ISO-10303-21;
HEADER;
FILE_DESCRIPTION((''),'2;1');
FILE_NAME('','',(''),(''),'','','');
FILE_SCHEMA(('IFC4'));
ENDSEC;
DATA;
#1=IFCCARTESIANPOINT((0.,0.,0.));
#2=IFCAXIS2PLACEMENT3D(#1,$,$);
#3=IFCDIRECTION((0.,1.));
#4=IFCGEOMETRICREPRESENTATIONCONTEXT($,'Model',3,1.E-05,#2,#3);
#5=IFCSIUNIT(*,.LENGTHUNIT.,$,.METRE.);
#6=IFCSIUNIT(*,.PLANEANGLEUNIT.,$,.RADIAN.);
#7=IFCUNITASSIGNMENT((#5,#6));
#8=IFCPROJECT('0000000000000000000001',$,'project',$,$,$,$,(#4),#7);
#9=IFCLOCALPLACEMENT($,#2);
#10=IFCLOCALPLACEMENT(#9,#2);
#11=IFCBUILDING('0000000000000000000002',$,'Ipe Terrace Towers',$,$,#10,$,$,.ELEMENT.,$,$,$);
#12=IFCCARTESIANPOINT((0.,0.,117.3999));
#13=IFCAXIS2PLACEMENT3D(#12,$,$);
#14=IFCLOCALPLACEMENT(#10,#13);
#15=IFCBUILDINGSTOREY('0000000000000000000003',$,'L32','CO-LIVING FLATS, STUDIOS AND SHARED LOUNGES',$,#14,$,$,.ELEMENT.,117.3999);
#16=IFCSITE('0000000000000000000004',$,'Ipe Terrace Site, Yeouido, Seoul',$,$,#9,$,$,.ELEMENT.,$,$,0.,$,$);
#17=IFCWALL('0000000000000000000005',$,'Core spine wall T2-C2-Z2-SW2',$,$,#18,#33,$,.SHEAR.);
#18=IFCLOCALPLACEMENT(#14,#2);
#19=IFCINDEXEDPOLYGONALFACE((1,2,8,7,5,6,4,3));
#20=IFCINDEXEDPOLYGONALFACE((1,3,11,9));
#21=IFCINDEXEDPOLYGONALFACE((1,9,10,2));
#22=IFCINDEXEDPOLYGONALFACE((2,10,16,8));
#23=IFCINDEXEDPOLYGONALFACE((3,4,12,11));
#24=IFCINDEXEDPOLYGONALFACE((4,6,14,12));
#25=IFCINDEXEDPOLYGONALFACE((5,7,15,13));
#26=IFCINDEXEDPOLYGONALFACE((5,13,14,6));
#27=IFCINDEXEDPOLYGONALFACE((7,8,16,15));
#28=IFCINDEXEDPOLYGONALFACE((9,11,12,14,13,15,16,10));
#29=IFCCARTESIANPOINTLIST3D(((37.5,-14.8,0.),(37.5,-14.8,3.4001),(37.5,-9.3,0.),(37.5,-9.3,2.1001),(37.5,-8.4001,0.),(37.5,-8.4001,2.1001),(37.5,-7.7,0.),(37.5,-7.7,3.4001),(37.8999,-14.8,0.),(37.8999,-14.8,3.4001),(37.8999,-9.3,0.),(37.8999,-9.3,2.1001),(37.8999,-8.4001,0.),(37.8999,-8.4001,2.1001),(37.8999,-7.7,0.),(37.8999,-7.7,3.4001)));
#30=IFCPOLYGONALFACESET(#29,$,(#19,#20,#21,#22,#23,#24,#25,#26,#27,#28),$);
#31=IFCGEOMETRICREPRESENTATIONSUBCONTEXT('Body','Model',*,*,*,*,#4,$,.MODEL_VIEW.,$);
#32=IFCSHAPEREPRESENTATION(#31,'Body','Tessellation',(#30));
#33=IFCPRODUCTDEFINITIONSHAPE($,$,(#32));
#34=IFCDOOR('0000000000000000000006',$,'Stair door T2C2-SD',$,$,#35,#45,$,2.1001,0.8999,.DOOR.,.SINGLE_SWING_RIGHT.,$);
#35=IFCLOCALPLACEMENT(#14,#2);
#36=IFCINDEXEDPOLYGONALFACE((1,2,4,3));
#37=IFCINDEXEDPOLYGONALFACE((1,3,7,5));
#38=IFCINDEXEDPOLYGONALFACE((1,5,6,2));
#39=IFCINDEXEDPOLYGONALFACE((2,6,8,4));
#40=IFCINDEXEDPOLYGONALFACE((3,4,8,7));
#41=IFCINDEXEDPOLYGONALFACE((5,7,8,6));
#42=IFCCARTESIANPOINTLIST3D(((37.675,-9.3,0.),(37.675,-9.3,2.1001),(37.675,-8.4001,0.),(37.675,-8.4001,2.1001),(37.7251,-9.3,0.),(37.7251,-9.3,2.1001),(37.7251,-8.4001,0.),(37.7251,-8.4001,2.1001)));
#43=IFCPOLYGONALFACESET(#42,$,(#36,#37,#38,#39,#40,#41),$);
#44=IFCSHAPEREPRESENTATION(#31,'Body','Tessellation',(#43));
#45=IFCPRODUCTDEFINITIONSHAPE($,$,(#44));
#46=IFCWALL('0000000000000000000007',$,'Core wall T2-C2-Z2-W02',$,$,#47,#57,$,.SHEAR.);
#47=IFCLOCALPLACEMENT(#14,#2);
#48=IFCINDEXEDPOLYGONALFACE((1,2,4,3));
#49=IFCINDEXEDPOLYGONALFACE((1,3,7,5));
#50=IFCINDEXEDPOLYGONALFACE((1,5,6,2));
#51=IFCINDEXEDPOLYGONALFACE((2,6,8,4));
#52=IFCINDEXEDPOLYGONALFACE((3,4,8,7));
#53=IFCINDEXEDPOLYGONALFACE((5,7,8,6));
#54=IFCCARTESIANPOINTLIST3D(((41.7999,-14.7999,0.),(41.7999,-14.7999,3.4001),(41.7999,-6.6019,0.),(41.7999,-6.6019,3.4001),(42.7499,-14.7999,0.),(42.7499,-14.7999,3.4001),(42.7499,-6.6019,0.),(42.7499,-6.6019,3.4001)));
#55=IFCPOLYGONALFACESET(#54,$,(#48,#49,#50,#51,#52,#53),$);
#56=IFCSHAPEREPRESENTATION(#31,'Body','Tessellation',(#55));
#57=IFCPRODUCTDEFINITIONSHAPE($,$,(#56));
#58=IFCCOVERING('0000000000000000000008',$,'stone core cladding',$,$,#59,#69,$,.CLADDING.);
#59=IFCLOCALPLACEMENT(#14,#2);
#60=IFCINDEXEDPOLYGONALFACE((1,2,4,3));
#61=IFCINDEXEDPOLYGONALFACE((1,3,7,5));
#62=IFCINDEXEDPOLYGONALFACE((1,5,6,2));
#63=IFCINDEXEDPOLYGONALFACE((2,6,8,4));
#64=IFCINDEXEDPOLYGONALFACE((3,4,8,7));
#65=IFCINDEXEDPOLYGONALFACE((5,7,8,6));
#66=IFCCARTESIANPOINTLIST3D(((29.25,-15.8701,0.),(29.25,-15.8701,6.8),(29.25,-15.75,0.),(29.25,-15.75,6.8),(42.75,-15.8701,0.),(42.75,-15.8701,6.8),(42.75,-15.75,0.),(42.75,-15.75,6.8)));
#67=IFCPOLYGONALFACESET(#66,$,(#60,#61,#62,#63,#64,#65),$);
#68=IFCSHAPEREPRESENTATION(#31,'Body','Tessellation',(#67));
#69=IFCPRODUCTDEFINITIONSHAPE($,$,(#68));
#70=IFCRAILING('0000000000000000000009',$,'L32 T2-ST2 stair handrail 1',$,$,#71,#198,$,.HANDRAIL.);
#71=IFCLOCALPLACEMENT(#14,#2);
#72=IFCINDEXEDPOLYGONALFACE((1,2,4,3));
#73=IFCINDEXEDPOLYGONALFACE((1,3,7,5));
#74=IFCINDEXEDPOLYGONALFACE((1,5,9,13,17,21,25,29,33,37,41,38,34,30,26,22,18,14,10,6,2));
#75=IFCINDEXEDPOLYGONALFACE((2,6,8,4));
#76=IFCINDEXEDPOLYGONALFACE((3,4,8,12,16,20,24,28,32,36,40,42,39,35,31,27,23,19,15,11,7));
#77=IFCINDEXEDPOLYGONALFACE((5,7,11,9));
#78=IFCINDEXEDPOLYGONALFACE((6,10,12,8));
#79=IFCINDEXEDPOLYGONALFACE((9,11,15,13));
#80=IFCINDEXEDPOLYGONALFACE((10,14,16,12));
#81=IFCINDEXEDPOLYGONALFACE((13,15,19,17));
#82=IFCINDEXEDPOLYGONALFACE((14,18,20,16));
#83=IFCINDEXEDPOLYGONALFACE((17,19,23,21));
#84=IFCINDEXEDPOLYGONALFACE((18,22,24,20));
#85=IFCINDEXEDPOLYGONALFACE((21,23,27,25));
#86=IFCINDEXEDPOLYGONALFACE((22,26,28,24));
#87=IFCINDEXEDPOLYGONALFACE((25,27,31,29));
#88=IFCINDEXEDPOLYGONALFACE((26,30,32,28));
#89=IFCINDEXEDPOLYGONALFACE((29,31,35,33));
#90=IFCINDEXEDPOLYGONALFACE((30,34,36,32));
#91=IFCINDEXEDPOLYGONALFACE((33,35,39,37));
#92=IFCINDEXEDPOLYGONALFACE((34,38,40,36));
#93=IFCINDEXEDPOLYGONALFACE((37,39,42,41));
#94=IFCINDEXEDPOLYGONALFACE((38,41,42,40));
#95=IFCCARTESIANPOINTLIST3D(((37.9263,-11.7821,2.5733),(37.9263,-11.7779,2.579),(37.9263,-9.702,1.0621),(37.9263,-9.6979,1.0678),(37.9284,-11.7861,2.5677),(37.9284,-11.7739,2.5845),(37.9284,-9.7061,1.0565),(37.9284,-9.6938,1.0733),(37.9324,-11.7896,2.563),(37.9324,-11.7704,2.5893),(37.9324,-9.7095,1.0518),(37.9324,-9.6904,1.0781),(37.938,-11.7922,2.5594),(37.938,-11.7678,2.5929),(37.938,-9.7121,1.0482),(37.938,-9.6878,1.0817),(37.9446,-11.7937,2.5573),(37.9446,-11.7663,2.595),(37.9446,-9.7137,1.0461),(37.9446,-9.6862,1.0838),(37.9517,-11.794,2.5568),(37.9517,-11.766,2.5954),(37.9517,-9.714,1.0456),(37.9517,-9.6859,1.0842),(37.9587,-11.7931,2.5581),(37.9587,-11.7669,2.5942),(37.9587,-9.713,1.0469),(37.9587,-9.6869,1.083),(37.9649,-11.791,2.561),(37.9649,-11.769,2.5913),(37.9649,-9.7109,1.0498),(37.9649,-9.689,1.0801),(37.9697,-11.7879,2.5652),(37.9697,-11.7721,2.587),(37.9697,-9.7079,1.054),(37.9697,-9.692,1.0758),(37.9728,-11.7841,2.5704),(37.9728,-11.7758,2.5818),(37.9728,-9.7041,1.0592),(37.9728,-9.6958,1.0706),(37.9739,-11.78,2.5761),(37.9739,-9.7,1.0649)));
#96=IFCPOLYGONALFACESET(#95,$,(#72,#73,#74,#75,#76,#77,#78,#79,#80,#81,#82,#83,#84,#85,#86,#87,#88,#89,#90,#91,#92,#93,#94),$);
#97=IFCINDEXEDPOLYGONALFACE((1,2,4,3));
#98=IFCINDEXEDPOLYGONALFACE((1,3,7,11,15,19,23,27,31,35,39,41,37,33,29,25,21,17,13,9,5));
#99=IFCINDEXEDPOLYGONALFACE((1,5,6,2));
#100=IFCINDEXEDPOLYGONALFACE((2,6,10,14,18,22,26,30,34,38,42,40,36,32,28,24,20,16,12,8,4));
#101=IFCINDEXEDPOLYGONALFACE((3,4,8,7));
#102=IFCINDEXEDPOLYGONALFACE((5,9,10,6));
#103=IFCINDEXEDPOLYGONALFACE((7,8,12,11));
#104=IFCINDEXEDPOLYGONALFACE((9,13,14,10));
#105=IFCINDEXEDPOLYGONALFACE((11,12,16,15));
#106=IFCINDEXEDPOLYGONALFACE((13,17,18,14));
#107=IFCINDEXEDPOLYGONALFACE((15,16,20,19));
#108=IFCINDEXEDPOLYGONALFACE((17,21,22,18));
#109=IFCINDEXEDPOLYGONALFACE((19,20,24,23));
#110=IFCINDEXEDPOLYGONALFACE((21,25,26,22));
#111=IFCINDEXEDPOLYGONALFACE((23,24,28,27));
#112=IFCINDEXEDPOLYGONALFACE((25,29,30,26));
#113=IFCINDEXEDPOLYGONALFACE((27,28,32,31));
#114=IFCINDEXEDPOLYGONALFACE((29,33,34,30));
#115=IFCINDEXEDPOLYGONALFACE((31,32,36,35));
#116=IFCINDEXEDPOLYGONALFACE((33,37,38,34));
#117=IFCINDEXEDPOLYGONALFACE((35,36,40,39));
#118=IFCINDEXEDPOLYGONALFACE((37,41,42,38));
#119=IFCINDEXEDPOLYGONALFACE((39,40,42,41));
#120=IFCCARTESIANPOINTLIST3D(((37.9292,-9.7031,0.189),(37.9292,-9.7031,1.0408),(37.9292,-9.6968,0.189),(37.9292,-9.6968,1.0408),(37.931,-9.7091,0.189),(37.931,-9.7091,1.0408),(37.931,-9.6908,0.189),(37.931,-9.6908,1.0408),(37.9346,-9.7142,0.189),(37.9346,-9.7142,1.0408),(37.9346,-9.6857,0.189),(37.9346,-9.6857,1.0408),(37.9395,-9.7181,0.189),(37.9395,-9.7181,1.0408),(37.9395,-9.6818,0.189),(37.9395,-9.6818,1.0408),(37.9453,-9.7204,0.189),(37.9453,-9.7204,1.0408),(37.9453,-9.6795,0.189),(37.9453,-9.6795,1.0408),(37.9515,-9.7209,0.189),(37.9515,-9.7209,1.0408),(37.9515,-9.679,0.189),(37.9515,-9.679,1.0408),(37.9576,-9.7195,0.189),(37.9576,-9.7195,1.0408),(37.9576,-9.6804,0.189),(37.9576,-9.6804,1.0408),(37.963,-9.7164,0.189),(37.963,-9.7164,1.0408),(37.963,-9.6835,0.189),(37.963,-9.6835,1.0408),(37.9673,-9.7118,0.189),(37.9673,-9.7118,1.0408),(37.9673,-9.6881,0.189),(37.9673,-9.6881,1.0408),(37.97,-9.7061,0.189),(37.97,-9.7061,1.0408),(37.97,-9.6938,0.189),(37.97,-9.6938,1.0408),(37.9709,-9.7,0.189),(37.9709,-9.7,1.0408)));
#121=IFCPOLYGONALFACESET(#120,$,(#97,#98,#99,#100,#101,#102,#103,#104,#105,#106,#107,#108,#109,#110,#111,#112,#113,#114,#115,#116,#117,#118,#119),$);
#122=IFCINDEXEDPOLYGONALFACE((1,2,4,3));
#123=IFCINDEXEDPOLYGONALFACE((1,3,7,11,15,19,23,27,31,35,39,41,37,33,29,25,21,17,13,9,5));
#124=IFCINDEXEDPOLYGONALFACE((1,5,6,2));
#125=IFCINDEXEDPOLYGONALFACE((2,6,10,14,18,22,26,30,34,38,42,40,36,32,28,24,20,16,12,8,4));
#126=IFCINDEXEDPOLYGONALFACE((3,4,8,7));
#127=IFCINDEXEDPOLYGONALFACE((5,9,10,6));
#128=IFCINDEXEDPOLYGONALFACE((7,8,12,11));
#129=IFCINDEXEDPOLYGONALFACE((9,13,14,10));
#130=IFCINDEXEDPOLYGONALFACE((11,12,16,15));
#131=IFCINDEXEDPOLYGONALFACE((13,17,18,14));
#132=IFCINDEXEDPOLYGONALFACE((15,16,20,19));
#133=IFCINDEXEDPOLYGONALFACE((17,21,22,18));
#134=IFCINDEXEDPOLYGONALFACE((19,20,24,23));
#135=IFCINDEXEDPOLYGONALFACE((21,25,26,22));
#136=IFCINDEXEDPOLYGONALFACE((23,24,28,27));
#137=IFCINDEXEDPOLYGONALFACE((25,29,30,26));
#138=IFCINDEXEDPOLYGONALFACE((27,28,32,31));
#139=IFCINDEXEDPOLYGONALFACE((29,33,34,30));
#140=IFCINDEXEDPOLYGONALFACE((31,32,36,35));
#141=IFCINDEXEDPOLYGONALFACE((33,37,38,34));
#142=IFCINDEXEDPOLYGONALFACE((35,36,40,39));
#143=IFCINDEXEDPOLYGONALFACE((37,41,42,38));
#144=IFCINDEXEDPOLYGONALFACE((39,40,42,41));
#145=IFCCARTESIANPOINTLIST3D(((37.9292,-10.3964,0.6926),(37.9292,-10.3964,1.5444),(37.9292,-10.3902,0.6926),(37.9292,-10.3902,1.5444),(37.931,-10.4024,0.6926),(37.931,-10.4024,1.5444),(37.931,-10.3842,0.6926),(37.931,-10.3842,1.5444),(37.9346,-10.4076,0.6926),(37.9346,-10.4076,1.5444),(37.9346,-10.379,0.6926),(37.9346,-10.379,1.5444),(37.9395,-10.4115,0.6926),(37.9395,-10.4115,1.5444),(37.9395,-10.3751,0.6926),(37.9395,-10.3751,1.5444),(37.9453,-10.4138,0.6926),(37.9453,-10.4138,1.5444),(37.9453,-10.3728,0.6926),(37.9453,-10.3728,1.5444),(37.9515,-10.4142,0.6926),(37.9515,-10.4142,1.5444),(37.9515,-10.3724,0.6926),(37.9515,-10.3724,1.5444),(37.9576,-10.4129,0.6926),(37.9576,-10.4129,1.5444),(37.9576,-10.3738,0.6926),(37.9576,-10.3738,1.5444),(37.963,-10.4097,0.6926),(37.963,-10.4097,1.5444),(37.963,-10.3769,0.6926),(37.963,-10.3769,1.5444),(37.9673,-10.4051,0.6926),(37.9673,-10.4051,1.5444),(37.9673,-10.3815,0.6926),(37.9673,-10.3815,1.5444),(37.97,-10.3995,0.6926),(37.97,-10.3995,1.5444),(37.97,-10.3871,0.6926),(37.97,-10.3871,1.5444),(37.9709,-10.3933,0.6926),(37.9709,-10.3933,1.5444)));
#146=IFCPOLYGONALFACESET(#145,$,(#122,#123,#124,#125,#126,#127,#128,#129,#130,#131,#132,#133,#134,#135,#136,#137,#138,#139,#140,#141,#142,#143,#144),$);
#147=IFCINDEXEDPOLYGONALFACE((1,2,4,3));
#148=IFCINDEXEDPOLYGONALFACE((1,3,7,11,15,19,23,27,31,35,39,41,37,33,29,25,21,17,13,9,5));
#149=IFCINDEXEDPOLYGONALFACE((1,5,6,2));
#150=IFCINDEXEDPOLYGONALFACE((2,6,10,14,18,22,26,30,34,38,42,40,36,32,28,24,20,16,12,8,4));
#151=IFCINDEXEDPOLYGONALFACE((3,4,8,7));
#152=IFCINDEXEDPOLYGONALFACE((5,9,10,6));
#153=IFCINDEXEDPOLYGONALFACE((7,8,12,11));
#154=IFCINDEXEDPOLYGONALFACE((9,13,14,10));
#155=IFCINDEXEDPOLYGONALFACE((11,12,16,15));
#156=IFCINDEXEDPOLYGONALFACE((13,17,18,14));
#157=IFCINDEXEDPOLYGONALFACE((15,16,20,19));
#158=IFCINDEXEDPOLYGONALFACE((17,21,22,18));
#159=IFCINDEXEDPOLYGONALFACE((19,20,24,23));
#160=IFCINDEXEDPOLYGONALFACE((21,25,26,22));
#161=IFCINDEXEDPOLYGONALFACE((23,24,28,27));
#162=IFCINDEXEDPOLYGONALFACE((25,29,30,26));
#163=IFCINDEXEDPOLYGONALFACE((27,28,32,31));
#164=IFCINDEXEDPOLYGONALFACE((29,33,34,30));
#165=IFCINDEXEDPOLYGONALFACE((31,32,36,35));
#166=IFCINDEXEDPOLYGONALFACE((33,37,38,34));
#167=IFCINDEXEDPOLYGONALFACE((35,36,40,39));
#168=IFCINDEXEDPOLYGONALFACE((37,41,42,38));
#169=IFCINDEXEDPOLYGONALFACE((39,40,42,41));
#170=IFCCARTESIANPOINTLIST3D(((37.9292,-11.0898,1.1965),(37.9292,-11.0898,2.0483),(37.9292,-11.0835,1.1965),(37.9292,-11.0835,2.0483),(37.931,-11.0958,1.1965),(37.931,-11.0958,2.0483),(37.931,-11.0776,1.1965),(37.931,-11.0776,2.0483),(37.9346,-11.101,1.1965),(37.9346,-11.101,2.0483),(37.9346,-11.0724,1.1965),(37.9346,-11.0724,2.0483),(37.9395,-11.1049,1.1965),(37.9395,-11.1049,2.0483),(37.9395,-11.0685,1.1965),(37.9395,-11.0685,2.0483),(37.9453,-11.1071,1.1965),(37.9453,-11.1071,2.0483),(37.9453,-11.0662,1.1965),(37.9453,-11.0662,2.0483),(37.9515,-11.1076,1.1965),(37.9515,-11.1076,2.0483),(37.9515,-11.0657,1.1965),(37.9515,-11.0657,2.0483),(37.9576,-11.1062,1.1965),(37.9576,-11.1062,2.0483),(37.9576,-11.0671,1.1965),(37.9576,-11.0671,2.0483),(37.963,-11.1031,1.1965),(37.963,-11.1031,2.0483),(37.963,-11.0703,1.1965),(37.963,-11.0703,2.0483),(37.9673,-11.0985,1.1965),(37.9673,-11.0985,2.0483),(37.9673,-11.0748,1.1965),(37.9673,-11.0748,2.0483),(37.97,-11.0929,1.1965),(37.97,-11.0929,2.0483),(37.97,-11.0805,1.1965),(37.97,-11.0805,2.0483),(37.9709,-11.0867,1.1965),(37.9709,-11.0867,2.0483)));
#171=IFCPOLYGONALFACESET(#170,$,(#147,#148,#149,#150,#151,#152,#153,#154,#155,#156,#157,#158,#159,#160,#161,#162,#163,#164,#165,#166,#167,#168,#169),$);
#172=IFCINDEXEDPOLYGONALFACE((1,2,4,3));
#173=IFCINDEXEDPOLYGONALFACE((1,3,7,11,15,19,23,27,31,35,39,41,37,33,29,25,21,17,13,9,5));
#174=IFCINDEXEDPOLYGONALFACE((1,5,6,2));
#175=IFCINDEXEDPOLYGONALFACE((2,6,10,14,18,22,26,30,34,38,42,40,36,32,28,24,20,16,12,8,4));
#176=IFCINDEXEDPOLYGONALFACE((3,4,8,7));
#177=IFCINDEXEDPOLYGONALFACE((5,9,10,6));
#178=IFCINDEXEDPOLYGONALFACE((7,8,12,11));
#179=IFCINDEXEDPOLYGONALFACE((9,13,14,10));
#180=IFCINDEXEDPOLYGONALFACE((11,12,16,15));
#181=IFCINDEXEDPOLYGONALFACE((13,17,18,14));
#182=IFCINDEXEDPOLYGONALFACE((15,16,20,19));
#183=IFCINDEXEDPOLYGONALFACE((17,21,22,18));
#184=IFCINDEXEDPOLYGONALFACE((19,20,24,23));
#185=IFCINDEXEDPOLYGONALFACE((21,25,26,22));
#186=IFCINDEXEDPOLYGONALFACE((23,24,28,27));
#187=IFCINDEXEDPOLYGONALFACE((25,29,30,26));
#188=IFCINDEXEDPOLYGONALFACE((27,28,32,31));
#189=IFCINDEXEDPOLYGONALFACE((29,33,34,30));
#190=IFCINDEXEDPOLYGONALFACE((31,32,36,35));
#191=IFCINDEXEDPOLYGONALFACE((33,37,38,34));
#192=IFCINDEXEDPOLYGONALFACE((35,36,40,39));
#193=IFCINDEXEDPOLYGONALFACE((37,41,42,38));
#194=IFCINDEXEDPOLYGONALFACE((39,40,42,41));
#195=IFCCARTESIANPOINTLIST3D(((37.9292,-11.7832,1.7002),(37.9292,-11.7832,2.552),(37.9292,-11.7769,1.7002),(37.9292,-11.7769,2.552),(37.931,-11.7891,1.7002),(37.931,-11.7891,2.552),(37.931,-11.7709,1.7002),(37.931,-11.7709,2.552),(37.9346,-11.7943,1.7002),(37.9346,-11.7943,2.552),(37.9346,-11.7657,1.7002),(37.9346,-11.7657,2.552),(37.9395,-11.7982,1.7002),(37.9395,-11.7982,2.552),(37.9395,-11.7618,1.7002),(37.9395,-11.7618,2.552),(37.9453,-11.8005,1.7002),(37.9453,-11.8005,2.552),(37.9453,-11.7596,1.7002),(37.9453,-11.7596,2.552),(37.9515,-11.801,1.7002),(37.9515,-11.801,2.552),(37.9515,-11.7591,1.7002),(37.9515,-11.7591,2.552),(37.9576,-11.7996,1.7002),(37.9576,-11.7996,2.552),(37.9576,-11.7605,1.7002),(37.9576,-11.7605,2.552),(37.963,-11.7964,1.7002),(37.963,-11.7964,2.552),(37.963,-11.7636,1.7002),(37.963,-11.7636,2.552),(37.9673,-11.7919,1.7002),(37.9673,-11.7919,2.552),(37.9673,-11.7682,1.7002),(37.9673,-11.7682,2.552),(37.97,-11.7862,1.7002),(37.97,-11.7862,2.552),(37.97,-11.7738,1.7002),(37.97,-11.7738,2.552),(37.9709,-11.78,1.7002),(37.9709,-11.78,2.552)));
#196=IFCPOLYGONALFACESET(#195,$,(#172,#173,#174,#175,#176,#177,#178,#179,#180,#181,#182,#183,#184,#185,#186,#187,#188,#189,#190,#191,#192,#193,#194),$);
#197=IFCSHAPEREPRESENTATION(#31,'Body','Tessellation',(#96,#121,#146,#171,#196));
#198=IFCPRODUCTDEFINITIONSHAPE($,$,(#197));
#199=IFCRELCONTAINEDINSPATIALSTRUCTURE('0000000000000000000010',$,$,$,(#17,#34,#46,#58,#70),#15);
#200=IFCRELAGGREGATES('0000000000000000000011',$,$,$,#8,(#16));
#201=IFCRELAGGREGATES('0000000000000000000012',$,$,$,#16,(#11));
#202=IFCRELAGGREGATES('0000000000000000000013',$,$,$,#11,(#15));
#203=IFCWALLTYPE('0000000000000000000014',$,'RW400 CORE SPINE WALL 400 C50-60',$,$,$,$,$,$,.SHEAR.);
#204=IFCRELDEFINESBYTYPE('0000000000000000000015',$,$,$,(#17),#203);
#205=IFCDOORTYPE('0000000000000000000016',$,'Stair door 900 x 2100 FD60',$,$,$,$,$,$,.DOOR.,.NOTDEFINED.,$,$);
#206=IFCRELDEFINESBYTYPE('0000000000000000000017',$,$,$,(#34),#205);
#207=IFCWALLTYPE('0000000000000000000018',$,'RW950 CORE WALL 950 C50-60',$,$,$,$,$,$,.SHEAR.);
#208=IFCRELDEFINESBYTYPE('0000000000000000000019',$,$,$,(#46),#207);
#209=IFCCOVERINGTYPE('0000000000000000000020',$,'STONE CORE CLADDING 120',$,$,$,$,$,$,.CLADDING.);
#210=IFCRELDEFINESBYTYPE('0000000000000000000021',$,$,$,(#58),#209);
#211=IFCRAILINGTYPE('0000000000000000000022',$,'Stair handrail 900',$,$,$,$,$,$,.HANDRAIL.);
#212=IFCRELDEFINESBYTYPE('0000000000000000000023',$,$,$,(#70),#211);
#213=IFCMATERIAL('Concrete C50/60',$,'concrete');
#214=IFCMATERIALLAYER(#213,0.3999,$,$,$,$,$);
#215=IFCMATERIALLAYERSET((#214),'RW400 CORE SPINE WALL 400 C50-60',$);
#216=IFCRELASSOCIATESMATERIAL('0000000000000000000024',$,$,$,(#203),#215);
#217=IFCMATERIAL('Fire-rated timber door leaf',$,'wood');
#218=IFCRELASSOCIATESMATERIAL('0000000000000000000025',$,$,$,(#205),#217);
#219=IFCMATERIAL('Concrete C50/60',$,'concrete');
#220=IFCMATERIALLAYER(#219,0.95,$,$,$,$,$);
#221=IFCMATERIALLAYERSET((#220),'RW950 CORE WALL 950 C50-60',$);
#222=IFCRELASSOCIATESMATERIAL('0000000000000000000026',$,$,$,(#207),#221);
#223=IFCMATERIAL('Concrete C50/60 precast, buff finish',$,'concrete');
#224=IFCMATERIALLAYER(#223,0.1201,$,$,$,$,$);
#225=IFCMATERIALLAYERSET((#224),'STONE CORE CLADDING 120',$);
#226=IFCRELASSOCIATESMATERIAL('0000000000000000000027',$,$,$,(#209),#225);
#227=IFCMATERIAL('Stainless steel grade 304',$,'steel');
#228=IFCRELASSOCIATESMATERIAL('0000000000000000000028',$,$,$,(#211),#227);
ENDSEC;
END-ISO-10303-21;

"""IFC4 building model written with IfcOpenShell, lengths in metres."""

from ifc_helpers import new_model, si_unit, direction, frame, frame_2d, origin, origin_2d, place, context, subcontext, project, spatial, rectangle, circle, extrude, material, layer, layer_set, type_object, element, fill, save


model = new_model("IFC4")

# Units and contexts
model_context = context("Model", 3, precision=1e-05, world=origin(), true_north=direction((0.0, 1.0)))
body_context = subcontext(model_context, "Body", "Model", "MODEL_VIEW")
ifc_project = project(units=[si_unit("LENGTHUNIT", "METRE"), si_unit("PLANEANGLEUNIT", "RADIAN")], contexts=[model_context])

# Site, building, storey
site_placement = place(None, origin())
site = spatial("IfcSite", under=ifc_project, at=site_placement, Name="Ipe Terrace Site, Yeouido, Seoul", CompositionType="ELEMENT", RefElevation=0.0)
building_placement = place(site_placement, origin())
building = spatial("IfcBuilding", under=site, at=building_placement, Name="Ipe Terrace Towers", CompositionType="ELEMENT")
storey_placement = place(building_placement, frame((0.0, 0.0, 117.3999)))
storey = spatial("IfcBuildingStorey", under=building, at=storey_placement, Name="L32", Description="CO-LIVING FLATS, STUDIOS AND SHARED LOUNGES", CompositionType="ELEMENT", Elevation=117.3999)

# Wall, opening, door
ifc_material_1 = material(Name="Concrete C50/60", Category="concrete")
ifc_layer_1 = layer(ifc_material_1, 0.3999)
ifc_layer_set_1 = layer_set([ifc_layer_1], Name="RW400 CORE SPINE WALL 400 C50-60")
wall_type_1 = type_object("IfcWallType", Name="RW400 CORE SPINE WALL 400 C50-60", PredefinedType="SHEAR", material=ifc_layer_set_1)
wall_1_placement = place(storey_placement, frame((37.7, -14.8, 0.0), z_axis=(0.0, 0.0, 1.0), x_axis=(0.0, 1.0, 0.0)))
wall_1 = element("IfcWall", 1, at=wall_1_placement, inside=storey, type_object=wall_type_1, Name="Core spine wall T2-C2-Z2-SW2", PredefinedType="SHEAR", context=body_context, shape_type="SweptSolid", body=[
    extrude(rectangle(XDim=7.1001, YDim=0.3999, at=frame_2d((3.55, 0.0))), origin(), (0.0, 0.0, 1.0), 3.4001),
])
opening_1_placement = place(wall_1_placement, frame((5.5, 0.0, 0.0)))
opening_1 = element("IfcOpeningElement", 2, at=opening_1_placement, cuts=wall_1, PredefinedType="OPENING", context=body_context, shape_type="SweptSolid", body=[
    extrude(rectangle(XDim=0.8999, YDim=2.1001, at=frame_2d((0.45, 1.05))), frame((0.0, 0.21, 0.0), z_axis=(0.0, -1.0, 0.0), x_axis=(1.0, 0.0, 0.0)), (0.0, 0.0, 1.0), 0.4199),
])
ifc_material_2 = material(Name="Fire-rated timber door leaf", Category="wood")
door_type_1 = type_object("IfcDoorType", Name="Stair door 900 x 2100 FD60", OperationType="NOTDEFINED", PredefinedType="DOOR", material=ifc_material_2)
door_1_placement = place(opening_1_placement, origin())
door_1 = element("IfcDoor", 3, at=door_1_placement, inside=storey, type_object=door_type_1, Name="Stair door T2C2-SD", OperationType="SINGLE_SWING_RIGHT", OverallHeight=2.1001, OverallWidth=0.8999, PredefinedType="DOOR", context=body_context, shape_type="SweptSolid", body=[
    extrude(rectangle(XDim=0.8999, YDim=2.1001, at=frame_2d((0.45, 1.05))), frame((0.0, 0.0249, 0.0), z_axis=(0.0, -1.0, 0.0), x_axis=(1.0, 0.0, 0.0)), (0.0, 0.0, 1.0), 0.05),
])
fill(opening_1, door_1)

# Wall
ifc_material_3 = material(Name="Concrete C50/60", Category="concrete")
ifc_layer_2 = layer(ifc_material_3, 0.95)
ifc_layer_set_2 = layer_set([ifc_layer_2], Name="RW950 CORE WALL 950 C50-60")
wall_type_2 = type_object("IfcWallType", Name="RW950 CORE WALL 950 C50-60", PredefinedType="SHEAR", material=ifc_layer_set_2)
wall_2_placement = place(storey_placement, frame((42.2749, -14.8, 0.0), z_axis=(0.0, 0.0, 1.0), x_axis=(0.0, 1.0, 0.0)))
element("IfcWall", 4, at=wall_2_placement, inside=storey, type_object=wall_type_2, Name="Core wall T2-C2-Z2-W02", PredefinedType="SHEAR", context=body_context, shape_type="SweptSolid", body=[
    extrude(rectangle(XDim=8.198, YDim=0.95, at=frame_2d((4.0991, 0.0))), origin(), (0.0, 0.0, 1.0), 3.4001),
])

# Covering
ifc_material_4 = material(Name="Concrete C50/60 precast, buff finish", Category="concrete")
ifc_layer_3 = layer(ifc_material_4, 0.1201)
ifc_layer_set_3 = layer_set([ifc_layer_3], Name="STONE CORE CLADDING 120")
covering_type = type_object("IfcCoveringType", Name="STONE CORE CLADDING 120", PredefinedType="CLADDING", material=ifc_layer_set_3)
covering_placement = place(storey_placement, frame((36.0, -15.8101, 0.0), z_axis=(0.0, 0.0, 1.0), x_axis=(1.0, 0.0, 0.0)))
element("IfcCovering", 5, at=covering_placement, inside=storey, type_object=covering_type, Name="stone core cladding", PredefinedType="CLADDING", context=body_context, shape_type="SweptSolid", body=[
    extrude(rectangle(XDim=13.5, YDim=0.1201, at=origin_2d()), origin(), (0.0, 0.0, 1.0), 6.8),
])

# Railing
ifc_material_5 = material(Name="Stainless steel grade 304", Category="steel")
railing_type_1 = type_object("IfcRailingType", Name="Stair handrail 900", PredefinedType="HANDRAIL", material=ifc_material_5)
railing_1_placement = place(storey_placement, frame((37.95, -9.7, 0.189)))
element("IfcRailing", 6, at=railing_1_placement, inside=storey, type_object=railing_type_1, Name="L32 T2-ST2 stair handrail 1", PredefinedType="HANDRAIL", context=body_context, shape_type="SweptSolid", body=[
    extrude(circle(Radius=0.0239, at=origin_2d()), frame((0.0, 0.0, 0.876), z_axis=(0.0, -0.809023, 0.587776), x_axis=(1.0, 0.0, 0.0)), (0.0, 0.0, 1.0), 2.571),
    extrude(circle(Radius=0.021, at=origin_2d()), origin(), (0.0, 0.0, 1.0), 0.8518),
    extrude(circle(Radius=0.021, at=origin_2d()), frame((0.0, -0.6934, 0.5037)), (0.0, 0.0, 1.0), 0.8518),
    extrude(circle(Radius=0.021, at=origin_2d()), frame((0.0, -1.3867, 1.0076)), (0.0, 0.0, 1.0), 0.8518),
    extrude(circle(Radius=0.021, at=origin_2d()), frame((0.0, -2.0801, 1.5112)), (0.0, 0.0, 1.0), 0.8518),
])

save(model, "model.ifc")
